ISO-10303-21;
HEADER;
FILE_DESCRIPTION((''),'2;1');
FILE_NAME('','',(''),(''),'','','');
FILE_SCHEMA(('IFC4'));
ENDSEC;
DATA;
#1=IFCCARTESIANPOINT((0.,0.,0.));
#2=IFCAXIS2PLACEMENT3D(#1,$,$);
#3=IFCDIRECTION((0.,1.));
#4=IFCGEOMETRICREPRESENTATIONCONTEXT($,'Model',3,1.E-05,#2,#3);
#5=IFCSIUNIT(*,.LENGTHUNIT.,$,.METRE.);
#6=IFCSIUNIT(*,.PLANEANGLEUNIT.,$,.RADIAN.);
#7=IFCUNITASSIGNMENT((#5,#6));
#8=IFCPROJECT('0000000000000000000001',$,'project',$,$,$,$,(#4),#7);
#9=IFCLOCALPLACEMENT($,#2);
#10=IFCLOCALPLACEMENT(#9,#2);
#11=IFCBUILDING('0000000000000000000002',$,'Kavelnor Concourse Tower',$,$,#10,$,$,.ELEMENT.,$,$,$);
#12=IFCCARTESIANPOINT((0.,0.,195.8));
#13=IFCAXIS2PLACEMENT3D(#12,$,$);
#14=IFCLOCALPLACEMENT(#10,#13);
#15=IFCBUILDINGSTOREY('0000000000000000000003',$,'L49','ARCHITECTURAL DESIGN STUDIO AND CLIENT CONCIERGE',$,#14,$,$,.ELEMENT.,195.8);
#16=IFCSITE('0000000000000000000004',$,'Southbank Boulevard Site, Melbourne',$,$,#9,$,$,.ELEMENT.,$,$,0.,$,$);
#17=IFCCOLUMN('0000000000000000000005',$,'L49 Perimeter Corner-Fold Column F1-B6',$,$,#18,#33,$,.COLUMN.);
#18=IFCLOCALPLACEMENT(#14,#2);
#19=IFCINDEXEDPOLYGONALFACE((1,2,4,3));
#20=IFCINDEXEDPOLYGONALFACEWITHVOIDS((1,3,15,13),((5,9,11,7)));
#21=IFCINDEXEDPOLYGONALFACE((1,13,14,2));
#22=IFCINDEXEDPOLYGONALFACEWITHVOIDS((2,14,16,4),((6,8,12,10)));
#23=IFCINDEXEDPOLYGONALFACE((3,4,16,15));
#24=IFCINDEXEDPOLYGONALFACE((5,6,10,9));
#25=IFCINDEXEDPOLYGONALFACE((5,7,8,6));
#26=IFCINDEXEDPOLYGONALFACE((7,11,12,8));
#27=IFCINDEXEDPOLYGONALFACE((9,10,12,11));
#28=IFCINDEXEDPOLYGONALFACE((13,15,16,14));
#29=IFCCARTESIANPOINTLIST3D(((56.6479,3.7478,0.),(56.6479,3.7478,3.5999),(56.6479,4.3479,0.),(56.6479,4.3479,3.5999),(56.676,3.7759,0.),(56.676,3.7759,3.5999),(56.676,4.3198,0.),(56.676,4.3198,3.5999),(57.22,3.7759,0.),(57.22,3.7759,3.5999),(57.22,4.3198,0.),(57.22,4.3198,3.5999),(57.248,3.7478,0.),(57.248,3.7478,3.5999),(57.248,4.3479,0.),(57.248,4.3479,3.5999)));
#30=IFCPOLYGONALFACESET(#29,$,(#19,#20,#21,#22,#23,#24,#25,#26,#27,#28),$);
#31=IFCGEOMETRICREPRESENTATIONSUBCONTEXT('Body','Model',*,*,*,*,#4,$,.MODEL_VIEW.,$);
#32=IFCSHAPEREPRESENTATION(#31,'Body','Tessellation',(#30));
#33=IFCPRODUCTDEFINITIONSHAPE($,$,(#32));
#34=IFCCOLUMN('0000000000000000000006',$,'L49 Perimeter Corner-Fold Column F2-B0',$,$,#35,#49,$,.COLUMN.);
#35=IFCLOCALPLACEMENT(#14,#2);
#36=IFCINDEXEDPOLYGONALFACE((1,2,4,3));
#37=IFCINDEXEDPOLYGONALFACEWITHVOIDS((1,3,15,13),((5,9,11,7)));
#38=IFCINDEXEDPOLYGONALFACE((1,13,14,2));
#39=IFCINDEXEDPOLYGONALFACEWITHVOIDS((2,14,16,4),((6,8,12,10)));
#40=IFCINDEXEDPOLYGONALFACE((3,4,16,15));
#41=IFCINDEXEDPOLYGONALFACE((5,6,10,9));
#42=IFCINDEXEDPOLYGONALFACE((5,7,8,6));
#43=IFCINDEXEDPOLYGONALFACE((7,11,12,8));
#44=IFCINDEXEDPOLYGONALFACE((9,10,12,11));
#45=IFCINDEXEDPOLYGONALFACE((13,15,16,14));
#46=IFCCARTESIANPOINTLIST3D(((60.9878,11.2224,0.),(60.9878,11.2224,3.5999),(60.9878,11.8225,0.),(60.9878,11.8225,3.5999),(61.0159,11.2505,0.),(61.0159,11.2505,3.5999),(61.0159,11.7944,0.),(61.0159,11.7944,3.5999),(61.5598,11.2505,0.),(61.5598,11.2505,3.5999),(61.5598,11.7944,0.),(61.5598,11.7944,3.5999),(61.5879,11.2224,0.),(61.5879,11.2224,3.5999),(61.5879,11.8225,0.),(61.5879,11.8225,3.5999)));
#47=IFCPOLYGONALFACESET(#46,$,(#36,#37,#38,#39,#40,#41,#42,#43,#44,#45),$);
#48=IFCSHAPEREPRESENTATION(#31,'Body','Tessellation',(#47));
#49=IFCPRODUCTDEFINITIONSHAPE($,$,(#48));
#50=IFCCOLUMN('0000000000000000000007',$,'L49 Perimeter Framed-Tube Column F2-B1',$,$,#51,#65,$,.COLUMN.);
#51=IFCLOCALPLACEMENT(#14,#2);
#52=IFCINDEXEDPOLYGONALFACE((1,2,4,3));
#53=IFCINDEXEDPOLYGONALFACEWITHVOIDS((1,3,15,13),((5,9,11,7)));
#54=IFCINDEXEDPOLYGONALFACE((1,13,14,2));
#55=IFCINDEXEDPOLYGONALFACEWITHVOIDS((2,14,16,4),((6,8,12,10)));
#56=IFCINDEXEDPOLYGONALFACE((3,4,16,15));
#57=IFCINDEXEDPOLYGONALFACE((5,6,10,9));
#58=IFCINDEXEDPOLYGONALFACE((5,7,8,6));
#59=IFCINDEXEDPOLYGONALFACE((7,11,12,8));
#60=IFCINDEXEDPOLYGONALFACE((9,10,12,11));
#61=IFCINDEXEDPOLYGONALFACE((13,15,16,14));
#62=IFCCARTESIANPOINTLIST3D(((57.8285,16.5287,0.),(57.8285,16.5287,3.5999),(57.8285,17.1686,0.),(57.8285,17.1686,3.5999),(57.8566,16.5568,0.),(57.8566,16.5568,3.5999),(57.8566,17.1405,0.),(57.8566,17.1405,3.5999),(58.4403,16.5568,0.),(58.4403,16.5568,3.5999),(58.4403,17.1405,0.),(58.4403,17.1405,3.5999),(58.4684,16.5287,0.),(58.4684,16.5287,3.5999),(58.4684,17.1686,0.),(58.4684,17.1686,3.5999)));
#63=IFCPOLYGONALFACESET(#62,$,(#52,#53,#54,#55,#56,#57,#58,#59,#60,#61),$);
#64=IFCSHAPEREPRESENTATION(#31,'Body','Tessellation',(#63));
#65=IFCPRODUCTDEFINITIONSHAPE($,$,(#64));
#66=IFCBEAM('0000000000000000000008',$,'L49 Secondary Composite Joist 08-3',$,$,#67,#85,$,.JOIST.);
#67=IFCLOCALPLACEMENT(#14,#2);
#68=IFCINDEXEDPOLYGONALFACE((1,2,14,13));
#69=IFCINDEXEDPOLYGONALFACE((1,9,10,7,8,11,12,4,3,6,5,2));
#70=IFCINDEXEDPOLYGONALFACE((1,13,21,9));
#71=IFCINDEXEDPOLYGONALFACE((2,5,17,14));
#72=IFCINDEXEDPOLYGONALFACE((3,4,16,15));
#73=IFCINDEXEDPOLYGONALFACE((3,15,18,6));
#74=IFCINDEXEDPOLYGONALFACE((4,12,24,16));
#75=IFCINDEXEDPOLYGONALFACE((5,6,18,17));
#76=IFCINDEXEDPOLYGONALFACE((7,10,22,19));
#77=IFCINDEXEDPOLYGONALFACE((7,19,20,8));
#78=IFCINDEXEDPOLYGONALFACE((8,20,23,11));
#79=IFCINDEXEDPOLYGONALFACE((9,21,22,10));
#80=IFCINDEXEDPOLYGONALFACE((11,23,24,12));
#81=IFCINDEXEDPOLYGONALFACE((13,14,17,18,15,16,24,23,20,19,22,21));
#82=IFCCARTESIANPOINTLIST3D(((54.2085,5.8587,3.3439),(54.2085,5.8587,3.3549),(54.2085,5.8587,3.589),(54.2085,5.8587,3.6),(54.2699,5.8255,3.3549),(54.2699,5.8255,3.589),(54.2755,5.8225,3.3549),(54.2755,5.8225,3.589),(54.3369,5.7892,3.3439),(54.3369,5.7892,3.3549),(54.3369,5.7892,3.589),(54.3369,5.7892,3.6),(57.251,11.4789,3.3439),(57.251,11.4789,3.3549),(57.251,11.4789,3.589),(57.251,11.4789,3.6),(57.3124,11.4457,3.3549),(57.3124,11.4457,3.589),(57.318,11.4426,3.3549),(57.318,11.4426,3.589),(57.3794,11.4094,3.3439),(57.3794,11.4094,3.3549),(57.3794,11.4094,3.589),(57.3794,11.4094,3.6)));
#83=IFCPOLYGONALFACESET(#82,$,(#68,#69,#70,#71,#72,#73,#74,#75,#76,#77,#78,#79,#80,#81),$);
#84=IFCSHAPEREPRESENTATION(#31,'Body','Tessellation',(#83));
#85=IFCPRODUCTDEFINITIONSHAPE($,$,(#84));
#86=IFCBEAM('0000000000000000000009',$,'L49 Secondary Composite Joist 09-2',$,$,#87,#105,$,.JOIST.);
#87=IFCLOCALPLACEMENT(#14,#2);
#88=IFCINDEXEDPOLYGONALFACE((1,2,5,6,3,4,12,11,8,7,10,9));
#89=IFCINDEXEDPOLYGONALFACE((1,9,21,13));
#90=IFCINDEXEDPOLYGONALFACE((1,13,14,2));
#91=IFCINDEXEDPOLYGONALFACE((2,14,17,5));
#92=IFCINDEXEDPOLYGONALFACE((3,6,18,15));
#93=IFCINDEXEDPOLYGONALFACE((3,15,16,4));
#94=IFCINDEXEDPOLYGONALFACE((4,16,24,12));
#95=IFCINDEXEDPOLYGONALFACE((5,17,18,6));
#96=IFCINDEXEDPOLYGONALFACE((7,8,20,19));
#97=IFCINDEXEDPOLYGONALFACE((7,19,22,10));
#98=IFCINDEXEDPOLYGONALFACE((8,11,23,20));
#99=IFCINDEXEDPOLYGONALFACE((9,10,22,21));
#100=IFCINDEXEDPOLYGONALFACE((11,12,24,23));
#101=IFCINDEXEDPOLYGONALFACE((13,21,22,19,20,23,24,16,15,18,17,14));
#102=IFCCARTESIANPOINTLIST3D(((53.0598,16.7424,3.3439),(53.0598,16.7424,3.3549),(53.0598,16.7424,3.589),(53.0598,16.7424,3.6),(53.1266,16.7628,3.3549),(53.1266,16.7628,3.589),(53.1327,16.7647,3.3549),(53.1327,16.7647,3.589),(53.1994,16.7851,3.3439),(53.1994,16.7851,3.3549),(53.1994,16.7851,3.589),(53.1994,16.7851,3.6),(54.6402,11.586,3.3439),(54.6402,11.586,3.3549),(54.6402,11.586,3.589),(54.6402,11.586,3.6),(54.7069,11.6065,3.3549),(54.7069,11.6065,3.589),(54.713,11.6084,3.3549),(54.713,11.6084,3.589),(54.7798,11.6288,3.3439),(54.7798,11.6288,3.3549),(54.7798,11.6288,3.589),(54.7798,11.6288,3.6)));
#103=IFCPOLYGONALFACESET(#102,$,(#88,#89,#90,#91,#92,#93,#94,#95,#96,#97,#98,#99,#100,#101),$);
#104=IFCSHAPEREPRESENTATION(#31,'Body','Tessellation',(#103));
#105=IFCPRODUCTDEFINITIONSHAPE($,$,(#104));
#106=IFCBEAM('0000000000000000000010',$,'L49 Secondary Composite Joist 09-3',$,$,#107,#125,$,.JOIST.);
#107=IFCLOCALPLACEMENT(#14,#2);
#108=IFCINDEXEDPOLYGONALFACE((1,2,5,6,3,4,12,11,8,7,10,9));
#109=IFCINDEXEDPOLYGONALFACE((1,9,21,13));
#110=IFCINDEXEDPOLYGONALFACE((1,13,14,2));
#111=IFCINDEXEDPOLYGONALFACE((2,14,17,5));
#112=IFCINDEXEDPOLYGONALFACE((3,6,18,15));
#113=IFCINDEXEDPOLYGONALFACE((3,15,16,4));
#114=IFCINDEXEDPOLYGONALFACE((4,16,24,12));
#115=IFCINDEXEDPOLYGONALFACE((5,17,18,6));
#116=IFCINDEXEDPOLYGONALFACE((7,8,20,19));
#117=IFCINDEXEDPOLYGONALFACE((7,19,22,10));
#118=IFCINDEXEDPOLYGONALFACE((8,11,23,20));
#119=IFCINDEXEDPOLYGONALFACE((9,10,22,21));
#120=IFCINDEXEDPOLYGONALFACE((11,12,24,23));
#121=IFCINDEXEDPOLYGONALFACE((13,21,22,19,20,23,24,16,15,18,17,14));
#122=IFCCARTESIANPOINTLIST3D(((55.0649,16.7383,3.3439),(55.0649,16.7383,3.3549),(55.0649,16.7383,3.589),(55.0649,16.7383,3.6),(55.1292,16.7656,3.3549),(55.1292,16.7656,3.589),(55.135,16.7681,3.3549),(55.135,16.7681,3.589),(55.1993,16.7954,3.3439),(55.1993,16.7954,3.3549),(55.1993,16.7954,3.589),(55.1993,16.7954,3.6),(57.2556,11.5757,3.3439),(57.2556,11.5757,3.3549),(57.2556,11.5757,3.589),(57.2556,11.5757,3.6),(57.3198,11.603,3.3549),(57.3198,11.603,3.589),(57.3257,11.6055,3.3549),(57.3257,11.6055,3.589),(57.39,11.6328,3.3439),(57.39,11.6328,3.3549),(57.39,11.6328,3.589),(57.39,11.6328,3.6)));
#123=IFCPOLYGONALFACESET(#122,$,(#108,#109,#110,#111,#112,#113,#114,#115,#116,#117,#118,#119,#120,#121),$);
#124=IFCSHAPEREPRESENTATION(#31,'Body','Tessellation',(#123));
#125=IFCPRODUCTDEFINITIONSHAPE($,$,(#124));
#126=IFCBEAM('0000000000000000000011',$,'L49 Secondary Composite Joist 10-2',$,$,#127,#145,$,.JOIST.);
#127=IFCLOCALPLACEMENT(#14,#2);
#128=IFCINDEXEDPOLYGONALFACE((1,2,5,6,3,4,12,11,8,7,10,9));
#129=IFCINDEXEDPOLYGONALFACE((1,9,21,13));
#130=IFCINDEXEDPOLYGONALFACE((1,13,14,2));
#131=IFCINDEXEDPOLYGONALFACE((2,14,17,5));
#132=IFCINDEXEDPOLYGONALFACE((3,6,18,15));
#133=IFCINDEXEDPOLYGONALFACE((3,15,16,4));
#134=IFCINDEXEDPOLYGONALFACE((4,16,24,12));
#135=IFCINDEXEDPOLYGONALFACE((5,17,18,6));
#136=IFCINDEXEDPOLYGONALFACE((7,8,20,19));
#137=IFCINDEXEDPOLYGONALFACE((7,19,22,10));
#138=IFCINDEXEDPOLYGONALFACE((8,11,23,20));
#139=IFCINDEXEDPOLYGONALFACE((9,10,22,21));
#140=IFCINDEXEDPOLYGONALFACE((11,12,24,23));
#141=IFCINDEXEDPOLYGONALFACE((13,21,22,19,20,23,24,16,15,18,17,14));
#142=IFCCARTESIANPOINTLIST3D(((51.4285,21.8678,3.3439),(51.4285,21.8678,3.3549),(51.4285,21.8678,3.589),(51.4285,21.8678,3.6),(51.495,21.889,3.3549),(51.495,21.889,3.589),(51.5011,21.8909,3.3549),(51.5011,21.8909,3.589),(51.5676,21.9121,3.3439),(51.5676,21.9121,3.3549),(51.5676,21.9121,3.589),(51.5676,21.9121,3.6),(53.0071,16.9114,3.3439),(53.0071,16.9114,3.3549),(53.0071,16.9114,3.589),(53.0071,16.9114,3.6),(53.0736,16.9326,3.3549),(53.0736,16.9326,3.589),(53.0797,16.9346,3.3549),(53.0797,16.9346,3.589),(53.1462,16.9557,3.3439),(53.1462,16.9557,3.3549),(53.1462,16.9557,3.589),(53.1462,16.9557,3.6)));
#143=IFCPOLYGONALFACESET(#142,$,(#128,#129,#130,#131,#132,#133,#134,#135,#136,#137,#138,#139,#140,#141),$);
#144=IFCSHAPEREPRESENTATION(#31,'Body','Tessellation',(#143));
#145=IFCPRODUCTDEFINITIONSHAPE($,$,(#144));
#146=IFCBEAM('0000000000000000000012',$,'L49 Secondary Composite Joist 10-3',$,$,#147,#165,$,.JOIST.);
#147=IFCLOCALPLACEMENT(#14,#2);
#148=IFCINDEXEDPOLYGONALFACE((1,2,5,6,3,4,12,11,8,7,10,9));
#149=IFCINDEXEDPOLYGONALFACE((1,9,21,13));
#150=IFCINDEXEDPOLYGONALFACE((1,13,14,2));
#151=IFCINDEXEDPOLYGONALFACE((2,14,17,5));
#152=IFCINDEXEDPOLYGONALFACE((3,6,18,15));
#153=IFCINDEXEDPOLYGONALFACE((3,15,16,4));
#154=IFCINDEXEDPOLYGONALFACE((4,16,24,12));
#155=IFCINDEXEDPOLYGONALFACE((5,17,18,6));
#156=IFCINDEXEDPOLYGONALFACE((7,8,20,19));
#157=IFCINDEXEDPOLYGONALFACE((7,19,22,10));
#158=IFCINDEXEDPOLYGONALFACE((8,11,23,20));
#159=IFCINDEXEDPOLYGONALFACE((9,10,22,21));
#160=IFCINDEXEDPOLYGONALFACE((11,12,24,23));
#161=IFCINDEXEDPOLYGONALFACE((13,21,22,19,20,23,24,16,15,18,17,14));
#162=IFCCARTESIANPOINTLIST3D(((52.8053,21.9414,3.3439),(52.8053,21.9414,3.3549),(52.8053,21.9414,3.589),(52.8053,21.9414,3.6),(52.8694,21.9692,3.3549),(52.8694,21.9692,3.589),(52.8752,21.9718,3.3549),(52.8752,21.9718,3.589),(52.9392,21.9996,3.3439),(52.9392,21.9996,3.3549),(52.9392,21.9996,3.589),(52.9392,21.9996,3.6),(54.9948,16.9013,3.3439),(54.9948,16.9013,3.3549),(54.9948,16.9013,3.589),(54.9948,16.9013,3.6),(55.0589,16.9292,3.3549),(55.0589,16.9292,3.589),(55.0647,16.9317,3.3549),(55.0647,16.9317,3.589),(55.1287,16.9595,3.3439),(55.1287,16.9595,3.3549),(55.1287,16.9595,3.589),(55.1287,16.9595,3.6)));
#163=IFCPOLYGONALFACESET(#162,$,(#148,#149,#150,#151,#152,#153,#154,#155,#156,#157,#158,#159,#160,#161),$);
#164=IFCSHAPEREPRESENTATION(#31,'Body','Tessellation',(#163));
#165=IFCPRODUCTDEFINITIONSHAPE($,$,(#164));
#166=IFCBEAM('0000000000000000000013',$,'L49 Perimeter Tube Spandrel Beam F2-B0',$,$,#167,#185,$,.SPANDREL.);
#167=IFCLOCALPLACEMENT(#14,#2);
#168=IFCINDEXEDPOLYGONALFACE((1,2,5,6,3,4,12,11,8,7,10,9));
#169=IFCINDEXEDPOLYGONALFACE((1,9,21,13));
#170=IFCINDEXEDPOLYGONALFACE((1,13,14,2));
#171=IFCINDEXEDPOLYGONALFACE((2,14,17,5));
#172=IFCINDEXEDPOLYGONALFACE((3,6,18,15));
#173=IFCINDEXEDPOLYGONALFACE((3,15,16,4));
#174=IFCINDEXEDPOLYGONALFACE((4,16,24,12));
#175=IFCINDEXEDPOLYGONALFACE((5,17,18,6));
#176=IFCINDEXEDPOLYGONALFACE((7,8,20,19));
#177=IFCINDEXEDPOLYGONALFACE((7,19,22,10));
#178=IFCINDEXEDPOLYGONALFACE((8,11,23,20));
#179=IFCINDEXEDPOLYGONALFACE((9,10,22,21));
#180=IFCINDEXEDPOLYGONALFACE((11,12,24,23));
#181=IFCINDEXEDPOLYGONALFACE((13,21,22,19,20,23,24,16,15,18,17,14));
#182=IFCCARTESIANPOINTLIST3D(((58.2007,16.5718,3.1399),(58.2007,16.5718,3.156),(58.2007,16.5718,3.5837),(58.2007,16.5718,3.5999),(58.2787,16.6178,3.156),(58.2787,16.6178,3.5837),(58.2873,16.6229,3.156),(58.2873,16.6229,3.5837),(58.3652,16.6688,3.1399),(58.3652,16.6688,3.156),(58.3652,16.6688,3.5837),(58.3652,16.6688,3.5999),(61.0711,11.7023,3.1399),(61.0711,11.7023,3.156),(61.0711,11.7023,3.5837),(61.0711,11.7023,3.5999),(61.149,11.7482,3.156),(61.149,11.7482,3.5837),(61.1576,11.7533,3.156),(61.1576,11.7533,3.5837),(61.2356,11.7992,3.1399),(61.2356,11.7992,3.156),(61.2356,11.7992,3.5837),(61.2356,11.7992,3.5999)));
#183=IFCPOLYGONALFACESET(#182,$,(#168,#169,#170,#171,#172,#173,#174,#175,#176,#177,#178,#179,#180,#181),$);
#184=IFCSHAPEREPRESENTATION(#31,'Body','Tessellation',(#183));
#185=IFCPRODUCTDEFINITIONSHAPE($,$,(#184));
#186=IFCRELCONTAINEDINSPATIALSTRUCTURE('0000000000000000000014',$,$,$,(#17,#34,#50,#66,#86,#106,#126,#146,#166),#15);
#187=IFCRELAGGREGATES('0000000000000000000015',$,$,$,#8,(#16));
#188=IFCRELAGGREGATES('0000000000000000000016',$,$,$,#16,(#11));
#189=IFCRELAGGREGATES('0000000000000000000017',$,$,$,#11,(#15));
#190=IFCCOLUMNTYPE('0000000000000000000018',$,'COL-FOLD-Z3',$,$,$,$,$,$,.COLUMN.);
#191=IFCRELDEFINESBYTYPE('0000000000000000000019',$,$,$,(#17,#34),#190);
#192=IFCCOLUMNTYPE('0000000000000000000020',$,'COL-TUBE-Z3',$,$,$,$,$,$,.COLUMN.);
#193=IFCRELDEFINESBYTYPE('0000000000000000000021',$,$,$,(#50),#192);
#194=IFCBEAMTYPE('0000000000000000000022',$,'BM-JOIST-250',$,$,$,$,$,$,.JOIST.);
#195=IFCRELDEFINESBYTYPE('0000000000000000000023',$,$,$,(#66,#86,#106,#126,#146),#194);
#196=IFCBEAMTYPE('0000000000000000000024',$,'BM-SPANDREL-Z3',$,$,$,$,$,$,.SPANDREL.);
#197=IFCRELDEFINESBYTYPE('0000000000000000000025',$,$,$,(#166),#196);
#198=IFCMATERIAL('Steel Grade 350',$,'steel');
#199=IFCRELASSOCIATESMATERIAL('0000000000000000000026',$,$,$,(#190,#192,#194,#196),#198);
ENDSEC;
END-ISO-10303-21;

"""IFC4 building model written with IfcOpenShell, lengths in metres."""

from ifc_helpers import new_model, si_unit, direction, frame, origin, origin_2d, place, context, subcontext, project, spatial, hollow_rectangle, i_section, extrude, material, material_profile, profile_set, type_object, element, save


model = new_model("IFC4")

# Units and contexts
model_context = context("Model", 3, precision=1e-05, world=origin(), true_north=direction((0.0, 1.0)))
body_context = subcontext(model_context, "Body", "Model", "MODEL_VIEW")
ifc_project = project(units=[si_unit("LENGTHUNIT", "METRE"), si_unit("PLANEANGLEUNIT", "RADIAN")], contexts=[model_context])

# Site, building, storey
site_placement = place(None, origin())
site = spatial("IfcSite", under=ifc_project, at=site_placement, Name="Southbank Boulevard Site, Melbourne", CompositionType="ELEMENT", RefElevation=0.0)
building_placement = place(site_placement, origin())
building = spatial("IfcBuilding", under=site, at=building_placement, Name="Kavelnor Concourse Tower", CompositionType="ELEMENT")
storey_placement = place(building_placement, frame((0.0, 0.0, 195.8)))
storey = spatial("IfcBuildingStorey", under=building, at=storey_placement, Name="L49", Description="ARCHITECTURAL DESIGN STUDIO AND CLIENT CONCIERGE", CompositionType="ELEMENT", Elevation=195.8)

# Columns
ifc_material_1 = material(Name="Steel Grade 350", Category="steel")
ifc_material_profile_1 = material_profile(ifc_material_1, hollow_rectangle(XDim=0.6001, YDim=0.6001, WallThickness=0.0281, at=origin_2d()), Name="SHS 600x600x28")
ifc_profile_set_1 = profile_set([ifc_material_profile_1], Name="Steel Grade 350")
column_type_1 = type_object("IfcColumnType", Name="COL-FOLD-Z3", PredefinedType="COLUMN", material=ifc_profile_set_1)
for number, where, z_axis, x_axis, name in (
    (1, (56.948, 4.0479, 0.0), (0.0, 0.0, 1.0), (1.0, 0.0, 0.0), "L49 Perimeter Corner-Fold Column F1-B6"),
    (2, (61.2878, 11.5225, 0.0), (0.0, 0.0, 1.0), (1.0, 0.0, 0.0), "L49 Perimeter Corner-Fold Column F2-B0"),
):
    element("IfcColumn", number, at=place(storey_placement, frame(where, z_axis=z_axis, x_axis=x_axis)), inside=storey, type_object=column_type_1, Name=name, PredefinedType="COLUMN", context=body_context, shape_type="SweptSolid", body=[
        extrude(hollow_rectangle(XDim=0.6001, YDim=0.6001, WallThickness=0.0281, at=origin_2d()), origin(), (0.0, 0.0, 1.0), 3.5999),
    ])
ifc_material_profile_2 = material_profile(ifc_material_1, hollow_rectangle(XDim=0.6399, YDim=0.6399, WallThickness=0.0281, at=origin_2d()), Name="SHS 640x640x28")
ifc_profile_set_2 = profile_set([ifc_material_profile_2], Name="Steel Grade 350")
column_type_2 = type_object("IfcColumnType", Name="COL-TUBE-Z3", PredefinedType="COLUMN", material=ifc_profile_set_2)
column_placement = place(storey_placement, frame((58.1484, 16.8486, 0.0), z_axis=(0.0, 0.0, 1.0), x_axis=(1.0, 0.0, 0.0)))
element("IfcColumn", 3, at=column_placement, inside=storey, type_object=column_type_2, Name="L49 Perimeter Framed-Tube Column F2-B1", PredefinedType="COLUMN", context=body_context, shape_type="SweptSolid", body=[
    extrude(hollow_rectangle(XDim=0.6399, YDim=0.6399, WallThickness=0.0281, at=origin_2d()), origin(), (0.0, 0.0, 1.0), 3.5999),
])

# Beams
ifc_material_profile_3 = material_profile(ifc_material_1, i_section(OverallWidth=0.146, OverallDepth=0.2561, WebThickness=0.0063, FlangeThickness=0.011, at=origin_2d()), Name="250UB37")
ifc_profile_set_3 = profile_set([ifc_material_profile_3], Name="Steel Grade 350")
beam_type_1 = type_object("IfcBeamType", Name="BM-JOIST-250", PredefinedType="JOIST", material=ifc_profile_set_3)
beam_1_placement = place(storey_placement, frame((54.2727, 5.824, 3.4719), z_axis=(0.476071, 0.879407, 0.0), x_axis=(-0.879407, 0.476071, 0.0)))
element("IfcBeam", 4, at=beam_1_placement, inside=storey, type_object=beam_type_1, Name="L49 Secondary Composite Joist 08-3", PredefinedType="JOIST", context=body_context, shape_type="SweptSolid", body=[
    extrude(i_section(OverallWidth=0.146, OverallDepth=0.2561, WebThickness=0.0063, FlangeThickness=0.011, at=origin_2d()), origin(), (0.0, 0.0, 1.0), 6.3909),
])
beam_2_placement = place(storey_placement, frame((54.71, 11.6074, 3.4719), z_axis=(-0.293033, 0.956102, 0.0), x_axis=(-0.956102, -0.293033, 0.0)))
element("IfcBeam", 5, at=beam_2_placement, inside=storey, type_object=beam_type_1, Name="L49 Secondary Composite Joist 09-2", PredefinedType="JOIST", context=body_context, shape_type="SweptSolid", body=[
    extrude(i_section(OverallWidth=0.146, OverallDepth=0.2561, WebThickness=0.0063, FlangeThickness=0.011, at=origin_2d()), origin(), (0.0, 0.0, 1.0), 5.3931),
])
beam_3_placement = place(storey_placement, frame((57.3228, 11.6042, 3.4719), z_axis=(-0.390623, 0.920551, 0.0), x_axis=(-0.920551, -0.390623, 0.0)))
element("IfcBeam", 6, at=beam_3_placement, inside=storey, type_object=beam_type_1, Name="L49 Secondary Composite Joist 09-3", PredefinedType="JOIST", context=body_context, shape_type="SweptSolid", body=[
    extrude(i_section(OverallWidth=0.146, OverallDepth=0.2561, WebThickness=0.0063, FlangeThickness=0.011, at=origin_2d()), origin(), (0.0, 0.0, 1.0), 5.6082),
])
beam_4_placement = place(storey_placement, frame((53.0767, 16.9336, 3.4719), z_axis=(-0.303485, 0.952836, 0.0), x_axis=(-0.952836, -0.303485, 0.0)))
element("IfcBeam", 7, at=beam_4_placement, inside=storey, type_object=beam_type_1, Name="L49 Secondary Composite Joist 10-2", PredefinedType="JOIST", context=body_context, shape_type="SweptSolid", body=[
    extrude(i_section(OverallWidth=0.146, OverallDepth=0.2561, WebThickness=0.0063, FlangeThickness=0.011, at=origin_2d()), origin(), (0.0, 0.0, 1.0), 5.2017),
])
beam_5_placement = place(storey_placement, frame((55.0618, 16.9304, 3.4719), z_axis=(-0.39844, 0.917194, 0.0), x_axis=(-0.917194, -0.39844, 0.0)))
element("IfcBeam", 8, at=beam_5_placement, inside=storey, type_object=beam_type_1, Name="L49 Secondary Composite Joist 10-3", PredefinedType="JOIST", context=body_context, shape_type="SweptSolid", body=[
    extrude(i_section(OverallWidth=0.146, OverallDepth=0.2561, WebThickness=0.0063, FlangeThickness=0.011, at=origin_2d()), origin(), (0.0, 0.0, 1.0), 5.4951),
])
ifc_material_profile_4 = material_profile(ifc_material_1, i_section(OverallWidth=0.1909, OverallDepth=0.46, WebThickness=0.01, FlangeThickness=0.0161, at=origin_2d()), Name="460UB82")
ifc_profile_set_4 = profile_set([ifc_material_profile_4], Name="Steel Grade 350")
beam_type_2 = type_object("IfcBeamType", Name="BM-SPANDREL-Z3", PredefinedType="SPANDREL", material=ifc_profile_set_4)
beam_6_placement = place(storey_placement, frame((61.1533, 11.7507, 3.3699), z_axis=(-0.507792, 0.86148, 0.0), x_axis=(-0.86148, -0.507792, 0.0)))
element("IfcBeam", 9, at=beam_6_placement, inside=storey, type_object=beam_type_2, Name="L49 Perimeter Tube Spandrel Beam F2-B0", PredefinedType="SPANDREL", context=body_context, shape_type="SweptSolid", body=[
    extrude(i_section(OverallWidth=0.1909, OverallDepth=0.46, WebThickness=0.01, FlangeThickness=0.0161, at=origin_2d()), origin(), (0.0, 0.0, 1.0), 5.6526),
])

save(model, "model.ifc")
